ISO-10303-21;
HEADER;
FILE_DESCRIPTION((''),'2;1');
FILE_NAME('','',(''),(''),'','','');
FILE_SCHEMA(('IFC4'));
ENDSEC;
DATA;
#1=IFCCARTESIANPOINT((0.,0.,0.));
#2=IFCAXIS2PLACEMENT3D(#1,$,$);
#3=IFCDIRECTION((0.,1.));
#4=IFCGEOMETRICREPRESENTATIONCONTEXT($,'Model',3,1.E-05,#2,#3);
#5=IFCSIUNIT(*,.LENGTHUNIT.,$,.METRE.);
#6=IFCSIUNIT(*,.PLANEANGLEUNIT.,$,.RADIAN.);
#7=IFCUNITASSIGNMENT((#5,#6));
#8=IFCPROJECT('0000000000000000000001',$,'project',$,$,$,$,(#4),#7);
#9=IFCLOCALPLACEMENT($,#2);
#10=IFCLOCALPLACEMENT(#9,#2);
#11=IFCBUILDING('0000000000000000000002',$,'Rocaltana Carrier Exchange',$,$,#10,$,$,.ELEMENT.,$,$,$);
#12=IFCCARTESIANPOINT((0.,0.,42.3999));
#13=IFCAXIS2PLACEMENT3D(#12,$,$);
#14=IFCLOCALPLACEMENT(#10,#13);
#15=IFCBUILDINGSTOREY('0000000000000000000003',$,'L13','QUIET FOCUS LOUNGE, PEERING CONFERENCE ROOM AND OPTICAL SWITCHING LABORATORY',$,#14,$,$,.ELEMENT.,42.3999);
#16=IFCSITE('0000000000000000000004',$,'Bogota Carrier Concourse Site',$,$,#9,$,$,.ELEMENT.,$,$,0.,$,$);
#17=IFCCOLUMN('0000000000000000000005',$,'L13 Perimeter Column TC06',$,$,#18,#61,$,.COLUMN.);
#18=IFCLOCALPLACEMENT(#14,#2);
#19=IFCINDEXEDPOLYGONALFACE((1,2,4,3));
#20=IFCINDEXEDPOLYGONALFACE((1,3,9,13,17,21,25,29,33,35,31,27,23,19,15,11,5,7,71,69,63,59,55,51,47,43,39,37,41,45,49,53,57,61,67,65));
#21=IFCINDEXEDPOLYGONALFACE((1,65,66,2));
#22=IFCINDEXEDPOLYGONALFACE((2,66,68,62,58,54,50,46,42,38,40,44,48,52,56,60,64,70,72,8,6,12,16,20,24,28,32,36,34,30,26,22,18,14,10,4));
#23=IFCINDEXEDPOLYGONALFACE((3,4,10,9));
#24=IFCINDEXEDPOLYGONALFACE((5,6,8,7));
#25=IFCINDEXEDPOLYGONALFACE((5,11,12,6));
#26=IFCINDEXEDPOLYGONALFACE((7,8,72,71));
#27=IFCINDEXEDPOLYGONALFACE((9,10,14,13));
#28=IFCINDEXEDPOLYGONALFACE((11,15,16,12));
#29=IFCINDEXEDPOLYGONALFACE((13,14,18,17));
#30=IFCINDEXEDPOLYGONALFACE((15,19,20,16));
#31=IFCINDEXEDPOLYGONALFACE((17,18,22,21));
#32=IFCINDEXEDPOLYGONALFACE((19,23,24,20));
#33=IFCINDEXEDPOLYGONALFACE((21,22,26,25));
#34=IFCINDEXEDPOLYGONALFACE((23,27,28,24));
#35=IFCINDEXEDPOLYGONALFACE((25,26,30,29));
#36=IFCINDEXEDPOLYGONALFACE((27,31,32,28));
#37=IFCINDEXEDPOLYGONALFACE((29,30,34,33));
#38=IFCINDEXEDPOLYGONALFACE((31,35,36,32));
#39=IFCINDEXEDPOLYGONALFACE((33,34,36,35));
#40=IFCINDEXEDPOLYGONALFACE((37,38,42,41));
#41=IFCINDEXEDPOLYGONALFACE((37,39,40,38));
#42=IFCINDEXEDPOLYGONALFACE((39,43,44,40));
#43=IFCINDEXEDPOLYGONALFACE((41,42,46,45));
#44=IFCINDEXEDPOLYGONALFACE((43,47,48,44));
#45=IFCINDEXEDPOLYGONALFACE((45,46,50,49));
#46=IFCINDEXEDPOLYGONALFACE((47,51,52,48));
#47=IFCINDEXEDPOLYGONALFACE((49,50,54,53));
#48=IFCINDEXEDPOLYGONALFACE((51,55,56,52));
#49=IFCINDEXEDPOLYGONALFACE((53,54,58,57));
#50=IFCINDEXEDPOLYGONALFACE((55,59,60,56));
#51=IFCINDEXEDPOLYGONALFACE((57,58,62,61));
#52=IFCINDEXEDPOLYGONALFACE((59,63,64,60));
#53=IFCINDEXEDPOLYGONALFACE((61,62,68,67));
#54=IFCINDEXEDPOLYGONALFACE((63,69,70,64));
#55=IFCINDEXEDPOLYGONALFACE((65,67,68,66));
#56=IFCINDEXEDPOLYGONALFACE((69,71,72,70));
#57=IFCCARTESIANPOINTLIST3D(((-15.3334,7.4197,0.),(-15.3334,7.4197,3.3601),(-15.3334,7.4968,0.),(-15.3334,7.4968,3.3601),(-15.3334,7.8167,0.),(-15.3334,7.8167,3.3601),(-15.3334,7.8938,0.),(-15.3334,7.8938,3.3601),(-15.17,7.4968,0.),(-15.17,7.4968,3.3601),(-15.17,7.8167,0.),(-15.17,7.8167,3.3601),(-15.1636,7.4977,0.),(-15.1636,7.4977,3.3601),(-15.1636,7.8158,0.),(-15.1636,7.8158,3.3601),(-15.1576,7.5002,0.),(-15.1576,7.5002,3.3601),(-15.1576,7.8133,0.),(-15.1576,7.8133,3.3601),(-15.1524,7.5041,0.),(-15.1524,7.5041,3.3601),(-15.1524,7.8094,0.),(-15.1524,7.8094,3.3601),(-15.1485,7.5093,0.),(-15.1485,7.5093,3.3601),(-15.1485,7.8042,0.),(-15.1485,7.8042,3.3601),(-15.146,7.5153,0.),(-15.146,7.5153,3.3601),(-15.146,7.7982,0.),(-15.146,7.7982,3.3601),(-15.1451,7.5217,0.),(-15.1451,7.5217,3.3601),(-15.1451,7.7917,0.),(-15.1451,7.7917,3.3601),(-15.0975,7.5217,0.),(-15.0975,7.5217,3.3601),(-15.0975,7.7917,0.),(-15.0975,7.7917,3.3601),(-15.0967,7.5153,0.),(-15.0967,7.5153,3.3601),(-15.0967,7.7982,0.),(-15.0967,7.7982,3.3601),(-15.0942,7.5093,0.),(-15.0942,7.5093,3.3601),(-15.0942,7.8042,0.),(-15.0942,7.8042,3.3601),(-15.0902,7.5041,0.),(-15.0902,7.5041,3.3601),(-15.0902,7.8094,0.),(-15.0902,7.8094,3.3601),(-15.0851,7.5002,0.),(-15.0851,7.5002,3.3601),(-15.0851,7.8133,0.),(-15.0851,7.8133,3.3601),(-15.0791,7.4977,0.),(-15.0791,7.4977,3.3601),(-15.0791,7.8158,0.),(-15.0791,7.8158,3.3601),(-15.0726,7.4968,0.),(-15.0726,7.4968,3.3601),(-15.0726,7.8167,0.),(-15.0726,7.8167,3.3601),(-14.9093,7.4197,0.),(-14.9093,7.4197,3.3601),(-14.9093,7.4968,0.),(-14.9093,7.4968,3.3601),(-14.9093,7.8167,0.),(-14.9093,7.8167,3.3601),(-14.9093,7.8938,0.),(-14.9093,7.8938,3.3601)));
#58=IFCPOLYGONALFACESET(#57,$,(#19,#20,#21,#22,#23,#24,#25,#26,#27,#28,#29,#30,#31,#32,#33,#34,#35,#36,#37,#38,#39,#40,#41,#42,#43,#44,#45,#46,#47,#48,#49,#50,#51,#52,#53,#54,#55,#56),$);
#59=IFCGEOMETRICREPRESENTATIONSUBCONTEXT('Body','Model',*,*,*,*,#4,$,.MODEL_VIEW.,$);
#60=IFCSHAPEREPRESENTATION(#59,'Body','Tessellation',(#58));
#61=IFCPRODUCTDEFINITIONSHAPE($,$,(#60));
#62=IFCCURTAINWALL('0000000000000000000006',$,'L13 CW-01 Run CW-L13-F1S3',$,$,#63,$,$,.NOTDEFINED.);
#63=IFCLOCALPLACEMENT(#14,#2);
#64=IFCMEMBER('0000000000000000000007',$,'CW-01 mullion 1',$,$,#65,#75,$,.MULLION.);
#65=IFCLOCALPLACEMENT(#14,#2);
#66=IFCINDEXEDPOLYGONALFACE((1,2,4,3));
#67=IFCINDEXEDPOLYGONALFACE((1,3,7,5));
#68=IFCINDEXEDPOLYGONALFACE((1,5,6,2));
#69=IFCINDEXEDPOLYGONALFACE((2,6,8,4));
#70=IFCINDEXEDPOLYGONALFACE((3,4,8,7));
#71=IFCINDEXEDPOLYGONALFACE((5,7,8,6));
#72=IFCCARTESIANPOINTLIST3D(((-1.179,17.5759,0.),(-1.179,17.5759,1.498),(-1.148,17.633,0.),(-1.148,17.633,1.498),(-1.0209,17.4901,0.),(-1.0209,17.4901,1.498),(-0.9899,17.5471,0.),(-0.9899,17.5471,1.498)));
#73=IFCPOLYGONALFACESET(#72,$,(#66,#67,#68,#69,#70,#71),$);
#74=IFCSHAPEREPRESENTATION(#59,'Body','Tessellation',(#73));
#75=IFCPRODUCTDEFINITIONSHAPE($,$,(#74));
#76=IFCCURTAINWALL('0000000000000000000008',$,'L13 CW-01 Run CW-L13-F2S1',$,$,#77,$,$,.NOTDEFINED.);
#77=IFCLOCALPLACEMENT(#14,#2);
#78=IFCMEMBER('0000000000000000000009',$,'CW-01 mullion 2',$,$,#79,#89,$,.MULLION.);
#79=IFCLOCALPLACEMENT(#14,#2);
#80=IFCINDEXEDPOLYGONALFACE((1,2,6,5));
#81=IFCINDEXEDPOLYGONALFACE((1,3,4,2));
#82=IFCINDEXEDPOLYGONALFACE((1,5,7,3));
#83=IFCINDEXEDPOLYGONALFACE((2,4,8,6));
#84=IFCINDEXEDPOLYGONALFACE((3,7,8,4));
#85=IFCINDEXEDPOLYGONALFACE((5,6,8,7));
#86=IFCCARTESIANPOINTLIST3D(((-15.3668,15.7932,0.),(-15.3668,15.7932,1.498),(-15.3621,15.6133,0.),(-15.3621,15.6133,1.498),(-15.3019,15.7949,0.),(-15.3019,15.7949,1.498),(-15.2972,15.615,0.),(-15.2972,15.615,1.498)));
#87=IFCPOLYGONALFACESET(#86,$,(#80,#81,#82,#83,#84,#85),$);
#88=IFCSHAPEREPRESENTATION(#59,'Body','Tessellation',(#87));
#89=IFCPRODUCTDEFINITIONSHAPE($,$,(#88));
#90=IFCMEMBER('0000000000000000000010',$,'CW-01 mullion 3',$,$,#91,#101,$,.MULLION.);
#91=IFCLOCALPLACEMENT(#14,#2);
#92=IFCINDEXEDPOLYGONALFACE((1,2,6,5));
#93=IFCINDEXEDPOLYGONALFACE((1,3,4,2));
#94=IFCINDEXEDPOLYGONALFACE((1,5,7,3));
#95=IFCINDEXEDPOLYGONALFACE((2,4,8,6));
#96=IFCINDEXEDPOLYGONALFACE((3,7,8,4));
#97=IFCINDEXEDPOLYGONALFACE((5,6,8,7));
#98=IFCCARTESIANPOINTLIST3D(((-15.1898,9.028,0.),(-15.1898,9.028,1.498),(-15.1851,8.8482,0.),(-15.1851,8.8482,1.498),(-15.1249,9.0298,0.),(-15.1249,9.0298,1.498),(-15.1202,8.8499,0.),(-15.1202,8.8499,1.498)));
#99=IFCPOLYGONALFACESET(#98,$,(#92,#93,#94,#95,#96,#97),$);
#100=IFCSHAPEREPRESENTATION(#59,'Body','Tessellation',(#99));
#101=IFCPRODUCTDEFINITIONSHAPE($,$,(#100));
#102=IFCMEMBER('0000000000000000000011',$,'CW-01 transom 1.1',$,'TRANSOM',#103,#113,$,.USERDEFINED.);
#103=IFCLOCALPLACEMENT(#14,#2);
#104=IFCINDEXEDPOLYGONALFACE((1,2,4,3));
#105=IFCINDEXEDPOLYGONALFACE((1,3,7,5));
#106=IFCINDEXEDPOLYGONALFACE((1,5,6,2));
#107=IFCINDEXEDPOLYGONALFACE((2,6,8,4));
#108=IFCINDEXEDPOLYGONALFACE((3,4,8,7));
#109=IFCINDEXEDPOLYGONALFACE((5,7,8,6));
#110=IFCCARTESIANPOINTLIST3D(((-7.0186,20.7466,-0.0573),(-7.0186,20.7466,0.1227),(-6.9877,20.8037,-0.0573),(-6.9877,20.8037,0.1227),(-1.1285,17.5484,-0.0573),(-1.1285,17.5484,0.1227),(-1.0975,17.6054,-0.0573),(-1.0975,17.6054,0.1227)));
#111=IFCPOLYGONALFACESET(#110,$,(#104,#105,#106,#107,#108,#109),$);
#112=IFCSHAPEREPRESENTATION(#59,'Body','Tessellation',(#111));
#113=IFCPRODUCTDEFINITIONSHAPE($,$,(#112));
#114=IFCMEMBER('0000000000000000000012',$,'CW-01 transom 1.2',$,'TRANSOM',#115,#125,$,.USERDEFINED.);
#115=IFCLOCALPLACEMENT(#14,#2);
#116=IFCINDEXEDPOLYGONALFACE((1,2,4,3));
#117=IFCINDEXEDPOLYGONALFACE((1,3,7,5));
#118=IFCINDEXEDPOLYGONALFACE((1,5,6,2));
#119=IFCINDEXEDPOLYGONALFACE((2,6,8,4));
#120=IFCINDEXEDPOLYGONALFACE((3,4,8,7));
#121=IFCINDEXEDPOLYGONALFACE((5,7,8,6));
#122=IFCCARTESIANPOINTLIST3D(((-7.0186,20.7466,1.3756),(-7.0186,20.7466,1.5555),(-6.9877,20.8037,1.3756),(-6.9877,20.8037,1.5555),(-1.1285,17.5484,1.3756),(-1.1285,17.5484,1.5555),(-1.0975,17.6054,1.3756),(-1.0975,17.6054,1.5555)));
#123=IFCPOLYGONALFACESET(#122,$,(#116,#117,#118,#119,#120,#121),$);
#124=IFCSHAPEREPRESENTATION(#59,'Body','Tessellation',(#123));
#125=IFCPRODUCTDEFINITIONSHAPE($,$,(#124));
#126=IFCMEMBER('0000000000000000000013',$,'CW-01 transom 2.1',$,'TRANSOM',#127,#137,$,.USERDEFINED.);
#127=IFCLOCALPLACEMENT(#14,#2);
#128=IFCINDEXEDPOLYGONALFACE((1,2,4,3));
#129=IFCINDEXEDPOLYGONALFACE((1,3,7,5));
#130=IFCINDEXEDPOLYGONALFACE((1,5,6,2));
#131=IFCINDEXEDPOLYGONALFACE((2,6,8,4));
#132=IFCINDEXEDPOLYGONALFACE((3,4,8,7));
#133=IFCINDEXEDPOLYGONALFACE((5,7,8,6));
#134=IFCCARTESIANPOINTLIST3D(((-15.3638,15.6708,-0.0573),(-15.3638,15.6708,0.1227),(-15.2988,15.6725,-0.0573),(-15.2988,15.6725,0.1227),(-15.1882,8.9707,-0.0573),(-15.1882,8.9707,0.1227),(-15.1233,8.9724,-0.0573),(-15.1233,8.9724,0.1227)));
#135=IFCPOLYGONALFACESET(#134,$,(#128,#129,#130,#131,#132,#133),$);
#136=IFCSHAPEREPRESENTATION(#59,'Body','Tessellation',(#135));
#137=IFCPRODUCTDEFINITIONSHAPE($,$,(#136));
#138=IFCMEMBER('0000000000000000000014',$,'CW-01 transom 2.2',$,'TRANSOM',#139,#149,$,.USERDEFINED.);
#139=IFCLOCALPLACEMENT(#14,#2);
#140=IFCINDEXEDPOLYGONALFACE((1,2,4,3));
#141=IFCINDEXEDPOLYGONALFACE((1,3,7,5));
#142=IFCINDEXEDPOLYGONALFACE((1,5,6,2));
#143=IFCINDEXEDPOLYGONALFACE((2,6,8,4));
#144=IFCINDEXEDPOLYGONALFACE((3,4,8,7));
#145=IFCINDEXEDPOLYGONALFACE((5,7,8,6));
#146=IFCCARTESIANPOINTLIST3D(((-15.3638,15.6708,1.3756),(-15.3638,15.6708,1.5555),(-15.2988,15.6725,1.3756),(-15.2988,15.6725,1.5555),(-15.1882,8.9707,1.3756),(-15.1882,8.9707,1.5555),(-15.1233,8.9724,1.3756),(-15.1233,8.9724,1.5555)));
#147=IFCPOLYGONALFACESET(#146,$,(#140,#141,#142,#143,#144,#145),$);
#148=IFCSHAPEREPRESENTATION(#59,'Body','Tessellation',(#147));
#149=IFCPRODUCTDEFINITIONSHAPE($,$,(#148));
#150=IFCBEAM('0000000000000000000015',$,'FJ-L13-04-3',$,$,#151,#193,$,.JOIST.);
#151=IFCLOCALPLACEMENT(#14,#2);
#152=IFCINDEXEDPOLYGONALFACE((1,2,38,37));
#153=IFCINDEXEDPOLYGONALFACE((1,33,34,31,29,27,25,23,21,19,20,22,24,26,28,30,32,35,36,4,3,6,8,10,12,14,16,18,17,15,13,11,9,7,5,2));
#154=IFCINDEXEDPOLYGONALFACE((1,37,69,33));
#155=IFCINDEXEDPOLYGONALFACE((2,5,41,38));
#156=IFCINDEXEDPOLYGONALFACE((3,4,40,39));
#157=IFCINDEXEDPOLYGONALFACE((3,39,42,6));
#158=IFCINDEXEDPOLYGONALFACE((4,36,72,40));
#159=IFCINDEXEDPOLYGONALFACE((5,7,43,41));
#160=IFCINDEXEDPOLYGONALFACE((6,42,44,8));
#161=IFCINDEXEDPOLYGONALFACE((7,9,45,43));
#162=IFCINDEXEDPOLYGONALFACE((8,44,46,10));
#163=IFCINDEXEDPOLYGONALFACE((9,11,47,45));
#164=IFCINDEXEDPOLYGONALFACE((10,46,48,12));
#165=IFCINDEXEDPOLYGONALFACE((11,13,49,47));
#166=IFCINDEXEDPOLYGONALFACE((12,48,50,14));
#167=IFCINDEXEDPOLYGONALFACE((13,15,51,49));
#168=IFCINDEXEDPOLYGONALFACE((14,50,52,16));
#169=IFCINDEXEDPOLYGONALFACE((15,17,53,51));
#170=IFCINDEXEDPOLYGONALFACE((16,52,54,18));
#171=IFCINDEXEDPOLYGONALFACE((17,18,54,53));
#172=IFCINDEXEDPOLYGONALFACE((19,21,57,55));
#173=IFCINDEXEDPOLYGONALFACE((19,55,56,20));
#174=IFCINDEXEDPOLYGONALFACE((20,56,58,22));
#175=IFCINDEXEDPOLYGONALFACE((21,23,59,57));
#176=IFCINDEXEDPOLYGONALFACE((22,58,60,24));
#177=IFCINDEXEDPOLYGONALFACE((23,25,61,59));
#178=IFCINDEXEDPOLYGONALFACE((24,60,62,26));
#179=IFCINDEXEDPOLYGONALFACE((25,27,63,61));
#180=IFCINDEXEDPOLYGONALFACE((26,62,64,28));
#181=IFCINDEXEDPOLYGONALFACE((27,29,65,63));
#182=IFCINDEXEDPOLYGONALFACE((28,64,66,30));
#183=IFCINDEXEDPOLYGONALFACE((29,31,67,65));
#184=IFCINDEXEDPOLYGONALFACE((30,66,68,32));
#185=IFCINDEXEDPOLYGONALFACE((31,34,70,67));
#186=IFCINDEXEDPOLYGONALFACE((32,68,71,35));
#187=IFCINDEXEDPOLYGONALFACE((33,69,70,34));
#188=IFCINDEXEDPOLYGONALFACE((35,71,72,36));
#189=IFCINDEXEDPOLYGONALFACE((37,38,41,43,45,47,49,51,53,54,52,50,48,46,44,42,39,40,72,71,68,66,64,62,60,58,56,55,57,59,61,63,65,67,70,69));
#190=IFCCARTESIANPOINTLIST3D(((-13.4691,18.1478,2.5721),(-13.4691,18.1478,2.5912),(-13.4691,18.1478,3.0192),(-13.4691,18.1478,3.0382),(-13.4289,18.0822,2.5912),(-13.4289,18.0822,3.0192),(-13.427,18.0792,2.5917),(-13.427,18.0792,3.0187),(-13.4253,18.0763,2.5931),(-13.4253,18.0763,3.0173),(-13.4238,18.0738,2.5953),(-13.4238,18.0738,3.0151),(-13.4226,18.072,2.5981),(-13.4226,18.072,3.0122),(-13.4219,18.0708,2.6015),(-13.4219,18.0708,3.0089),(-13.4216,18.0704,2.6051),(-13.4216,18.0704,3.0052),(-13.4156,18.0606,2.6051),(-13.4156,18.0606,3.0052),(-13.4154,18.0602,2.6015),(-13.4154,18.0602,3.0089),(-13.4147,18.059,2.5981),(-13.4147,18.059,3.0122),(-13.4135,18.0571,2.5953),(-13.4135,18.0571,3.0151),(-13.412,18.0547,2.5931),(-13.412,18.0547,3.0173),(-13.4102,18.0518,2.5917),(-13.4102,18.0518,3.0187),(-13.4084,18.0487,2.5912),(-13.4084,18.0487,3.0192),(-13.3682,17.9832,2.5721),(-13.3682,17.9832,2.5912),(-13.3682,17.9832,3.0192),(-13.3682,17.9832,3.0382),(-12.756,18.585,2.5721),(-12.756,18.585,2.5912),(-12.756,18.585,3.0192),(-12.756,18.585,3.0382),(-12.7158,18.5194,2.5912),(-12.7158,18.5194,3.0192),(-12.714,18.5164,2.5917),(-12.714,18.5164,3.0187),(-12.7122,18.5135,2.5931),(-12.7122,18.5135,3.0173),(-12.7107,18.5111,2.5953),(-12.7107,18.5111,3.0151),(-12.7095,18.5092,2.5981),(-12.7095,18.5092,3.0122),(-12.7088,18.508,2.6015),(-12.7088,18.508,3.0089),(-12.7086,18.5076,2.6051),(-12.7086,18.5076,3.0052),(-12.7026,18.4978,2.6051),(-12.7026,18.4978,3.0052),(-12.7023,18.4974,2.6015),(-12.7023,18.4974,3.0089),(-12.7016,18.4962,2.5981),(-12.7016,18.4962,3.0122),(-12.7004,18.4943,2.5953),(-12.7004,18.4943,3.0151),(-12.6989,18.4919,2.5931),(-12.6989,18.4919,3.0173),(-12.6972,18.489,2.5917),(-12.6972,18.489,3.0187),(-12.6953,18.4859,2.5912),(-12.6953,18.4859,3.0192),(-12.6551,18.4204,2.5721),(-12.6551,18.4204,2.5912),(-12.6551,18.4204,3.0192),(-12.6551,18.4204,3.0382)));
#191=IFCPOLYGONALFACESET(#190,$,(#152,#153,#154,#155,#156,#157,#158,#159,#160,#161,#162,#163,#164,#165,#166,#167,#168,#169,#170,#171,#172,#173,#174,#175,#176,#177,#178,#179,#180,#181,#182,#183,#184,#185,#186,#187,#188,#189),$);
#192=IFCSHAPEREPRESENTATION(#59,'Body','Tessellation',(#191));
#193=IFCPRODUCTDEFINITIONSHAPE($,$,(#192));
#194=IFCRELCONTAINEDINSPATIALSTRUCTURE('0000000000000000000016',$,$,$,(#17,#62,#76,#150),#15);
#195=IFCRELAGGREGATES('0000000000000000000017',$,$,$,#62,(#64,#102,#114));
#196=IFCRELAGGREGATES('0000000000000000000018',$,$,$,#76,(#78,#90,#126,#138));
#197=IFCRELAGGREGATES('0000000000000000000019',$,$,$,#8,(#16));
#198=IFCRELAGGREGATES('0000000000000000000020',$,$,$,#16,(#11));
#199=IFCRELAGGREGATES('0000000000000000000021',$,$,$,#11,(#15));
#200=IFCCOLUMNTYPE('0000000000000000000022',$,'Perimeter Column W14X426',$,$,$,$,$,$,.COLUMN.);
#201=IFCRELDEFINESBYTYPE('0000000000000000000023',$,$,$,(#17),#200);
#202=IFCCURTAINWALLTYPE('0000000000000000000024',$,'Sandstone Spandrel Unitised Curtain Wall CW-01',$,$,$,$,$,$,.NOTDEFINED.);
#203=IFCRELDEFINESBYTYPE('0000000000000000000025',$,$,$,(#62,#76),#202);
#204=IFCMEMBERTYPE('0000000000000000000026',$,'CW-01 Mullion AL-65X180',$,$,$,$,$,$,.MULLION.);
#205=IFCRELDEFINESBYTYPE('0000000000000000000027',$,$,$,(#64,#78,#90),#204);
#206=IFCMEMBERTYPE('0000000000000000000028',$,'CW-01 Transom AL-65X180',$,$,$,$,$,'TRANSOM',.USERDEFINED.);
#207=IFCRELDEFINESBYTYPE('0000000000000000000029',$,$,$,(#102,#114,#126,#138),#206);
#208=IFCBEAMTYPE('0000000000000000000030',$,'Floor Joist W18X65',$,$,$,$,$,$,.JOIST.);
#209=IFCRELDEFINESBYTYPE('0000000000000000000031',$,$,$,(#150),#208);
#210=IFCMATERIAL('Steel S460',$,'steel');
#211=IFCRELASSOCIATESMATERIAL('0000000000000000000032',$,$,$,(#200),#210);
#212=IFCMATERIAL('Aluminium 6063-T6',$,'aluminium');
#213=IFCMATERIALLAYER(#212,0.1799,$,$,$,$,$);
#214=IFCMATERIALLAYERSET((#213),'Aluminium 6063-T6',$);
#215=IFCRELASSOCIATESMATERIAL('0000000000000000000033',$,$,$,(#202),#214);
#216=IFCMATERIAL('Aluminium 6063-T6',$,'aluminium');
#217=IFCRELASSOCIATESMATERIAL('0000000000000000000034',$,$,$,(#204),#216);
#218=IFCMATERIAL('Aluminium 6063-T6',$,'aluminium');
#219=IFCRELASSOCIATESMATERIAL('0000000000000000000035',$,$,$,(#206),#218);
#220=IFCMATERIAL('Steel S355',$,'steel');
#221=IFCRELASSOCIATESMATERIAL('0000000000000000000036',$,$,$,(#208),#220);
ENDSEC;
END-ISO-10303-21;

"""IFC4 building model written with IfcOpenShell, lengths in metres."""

from ifc_helpers import new_model, si_unit, direction, frame, origin, origin_2d, place, context, subcontext, project, spatial, rectangle, i_section, extrude, material, layer, layer_set, material_profile, profile_set, type_object, element, aggregate, save


model = new_model("IFC4")

# Units and contexts
model_context = context("Model", 3, precision=1e-05, world=origin(), true_north=direction((0.0, 1.0)))
body_context = subcontext(model_context, "Body", "Model", "MODEL_VIEW")
ifc_project = project(units=[si_unit("LENGTHUNIT", "METRE"), si_unit("PLANEANGLEUNIT", "RADIAN")], contexts=[model_context])

# Site, building, storey
site_placement = place(None, origin())
site = spatial("IfcSite", under=ifc_project, at=site_placement, Name="Bogota Carrier Concourse Site", CompositionType="ELEMENT", RefElevation=0.0)
building_placement = place(site_placement, origin())
building = spatial("IfcBuilding", under=site, at=building_placement, Name="Rocaltana Carrier Exchange", CompositionType="ELEMENT")
storey_placement = place(building_placement, frame((0.0, 0.0, 42.3999)))
storey = spatial("IfcBuildingStorey", under=building, at=storey_placement, Name="L13", Description="QUIET FOCUS LOUNGE, PEERING CONFERENCE ROOM AND OPTICAL SWITCHING LABORATORY", CompositionType="ELEMENT", Elevation=42.3999)

# Column
ifc_material_1 = material(Name="Steel S460", Category="steel")
ifc_material_profile_1 = material_profile(ifc_material_1, i_section(OverallWidth=0.4241, OverallDepth=0.4741, WebThickness=0.0476, FlangeThickness=0.0771, FilletRadius=0.0249, at=origin_2d()), Name="W14X426")
ifc_profile_set_1 = profile_set([ifc_material_profile_1], Name="Steel S460")
column_type = type_object("IfcColumnType", Name="Perimeter Column W14X426", PredefinedType="COLUMN", material=ifc_profile_set_1)
column_placement = place(storey_placement, frame((-15.1213, 7.6567, 0.0), z_axis=(0.0, 0.0, 1.0), x_axis=(1.0, 0.0, 0.0)))
element("IfcColumn", 1, at=column_placement, inside=storey, type_object=column_type, Name="L13 Perimeter Column TC06", PredefinedType="COLUMN", context=body_context, shape_type="SweptSolid", body=[
    extrude(i_section(OverallWidth=0.4241, OverallDepth=0.4741, WebThickness=0.0476, FlangeThickness=0.0771, FilletRadius=0.0249, at=origin_2d()), origin(), (0.0, 0.0, 1.0), 3.3601),
])

# Curtain wall, member
ifc_material_2 = material(Name="Aluminium 6063-T6", Category="aluminium")
ifc_layer_1 = layer(ifc_material_2, 0.1799)
ifc_layer_set_1 = layer_set([ifc_layer_1], Name="Aluminium 6063-T6")
curtain_wall_type = type_object("IfcCurtainWallType", Name="Sandstone Spandrel Unitised Curtain Wall CW-01", PredefinedType="NOTDEFINED", material=ifc_layer_set_1)
curtain_wall_1_placement = place(storey_placement, origin())
curtain_wall_1 = element("IfcCurtainWall", 2, at=curtain_wall_1_placement, inside=storey, type_object=curtain_wall_type, Name="L13 CW-01 Run CW-L13-F1S3", PredefinedType="NOTDEFINED")
ifc_material_3 = material(Name="Aluminium 6063-T6", Category="aluminium")
ifc_material_profile_2 = material_profile(ifc_material_3, rectangle(XDim=0.0649, YDim=0.1799, at=origin_2d()), Name="AL-65X180")
ifc_profile_set_2 = profile_set([ifc_material_profile_2], Name="Aluminium 6063-T6")
member_type_1 = type_object("IfcMemberType", Name="CW-01 Mullion AL-65X180", PredefinedType="MULLION", material=ifc_profile_set_2)
member_1_placement = place(storey_placement, frame((-1.0845, 17.5615, 0.0), z_axis=(0.0, 0.0, 1.0), x_axis=(-0.477156, -0.878819, 0.0)))
member_1 = element("IfcMember", 3, at=member_1_placement, type_object=member_type_1, Name="CW-01 mullion 1", PredefinedType="MULLION", context=body_context, shape_type="SweptSolid", body=[
    extrude(rectangle(XDim=0.0649, YDim=0.1799, at=origin_2d()), origin(), (0.0, 0.0, 1.0), 1.498),
])

# Curtain wall, members
curtain_wall_2_placement = place(storey_placement, origin())
curtain_wall_2 = element("IfcCurtainWall", 4, at=curtain_wall_2_placement, inside=storey, type_object=curtain_wall_type, Name="L13 CW-01 Run CW-L13-F2S1", PredefinedType="NOTDEFINED")
member_2_placement = place(storey_placement, frame((-15.332, 15.7041, 0.0), z_axis=(0.0, 0.0, 1.0), x_axis=(0.999657, 0.026184, 0.0)))
member_2 = element("IfcMember", 5, at=member_2_placement, type_object=member_type_1, Name="CW-01 mullion 2", PredefinedType="MULLION", context=body_context, shape_type="SweptSolid", body=[
    extrude(rectangle(XDim=0.0649, YDim=0.1799, at=origin_2d()), origin(), (0.0, 0.0, 1.0), 1.498),
])
member_3_placement = place(storey_placement, frame((-15.155, 8.939, 0.0), z_axis=(0.0, 0.0, 1.0), x_axis=(0.999657, 0.026184, 0.0)))
member_3 = element("IfcMember", 6, at=member_3_placement, type_object=member_type_1, Name="CW-01 mullion 3", PredefinedType="MULLION", context=body_context, shape_type="SweptSolid", body=[
    extrude(rectangle(XDim=0.0649, YDim=0.1799, at=origin_2d()), origin(), (0.0, 0.0, 1.0), 1.498),
])

# Members
ifc_material_4 = material(Name="Aluminium 6063-T6", Category="aluminium")
ifc_material_profile_3 = material_profile(ifc_material_4, rectangle(XDim=0.0649, YDim=0.1799, at=origin_2d()), Name="AL-65X180")
ifc_profile_set_3 = profile_set([ifc_material_profile_3], Name="Aluminium 6063-T6")
member_type_2 = type_object("IfcMemberType", Name="CW-01 Transom AL-65X180", ElementType="TRANSOM", PredefinedType="USERDEFINED", material=ifc_profile_set_3)
member_4_placement = place(storey_placement, frame((-1.113, 17.5769, 0.0327), z_axis=(-0.878807, 0.477177, 0.0), x_axis=(-0.477177, -0.878807, 0.0)))
member_4 = element("IfcMember", 7, at=member_4_placement, type_object=member_type_2, Name="CW-01 transom 1.1", ObjectType="TRANSOM", PredefinedType="USERDEFINED", context=body_context, shape_type="SweptSolid", body=[
    extrude(rectangle(XDim=0.0649, YDim=0.1799, at=origin_2d()), origin(), (0.0, 0.0, 1.0), 6.7024),
])
member_5_placement = place(storey_placement, frame((-1.113, 17.5769, 1.4656), z_axis=(-0.878807, 0.477177, 0.0), x_axis=(-0.477177, -0.878807, 0.0)))
member_5 = element("IfcMember", 8, at=member_5_placement, type_object=member_type_2, Name="CW-01 transom 1.2", ObjectType="TRANSOM", PredefinedType="USERDEFINED", context=body_context, shape_type="SweptSolid", body=[
    extrude(rectangle(XDim=0.0649, YDim=0.1799, at=origin_2d()), origin(), (0.0, 0.0, 1.0), 6.7024),
])
member_6_placement = place(storey_placement, frame((-15.3313, 15.6716, 0.0327), z_axis=(0.02619, -0.999657, 0.0), x_axis=(0.999657, 0.02619, 0.0)))
member_6 = element("IfcMember", 9, at=member_6_placement, type_object=member_type_2, Name="CW-01 transom 2.1", ObjectType="TRANSOM", PredefinedType="USERDEFINED", context=body_context, shape_type="SweptSolid", body=[
    extrude(rectangle(XDim=0.0649, YDim=0.1799, at=origin_2d()), origin(), (0.0, 0.0, 1.0), 6.7024),
])
member_7_placement = place(storey_placement, frame((-15.3313, 15.6716, 1.4656), z_axis=(0.02619, -0.999657, 0.0), x_axis=(0.999657, 0.02619, 0.0)))
member_7 = element("IfcMember", 10, at=member_7_placement, type_object=member_type_2, Name="CW-01 transom 2.2", ObjectType="TRANSOM", PredefinedType="USERDEFINED", context=body_context, shape_type="SweptSolid", body=[
    extrude(rectangle(XDim=0.0649, YDim=0.1799, at=origin_2d()), origin(), (0.0, 0.0, 1.0), 6.7024),
])

# Beam
ifc_material_5 = material(Name="Steel S355", Category="steel")
ifc_material_profile_4 = material_profile(ifc_material_5, i_section(OverallWidth=0.1931, OverallDepth=0.4661, WebThickness=0.0115, FlangeThickness=0.019, FilletRadius=0.0139, at=origin_2d()), Name="W18X65")
ifc_profile_set_4 = profile_set([ifc_material_profile_4], Name="Steel S355")
beam_type_1 = type_object("IfcBeamType", Name="Floor Joist W18X65", PredefinedType="JOIST", material=ifc_profile_set_4)
beam_1_placement = place(storey_placement, frame((-12.7056, 18.5027, 2.8052), z_axis=(-0.852509, -0.522713, 0.0), x_axis=(0.522713, -0.852509, 0.0)))
element("IfcBeam", 11, at=beam_1_placement, inside=storey, type_object=beam_type_1, Name="FJ-L13-04-3", PredefinedType="JOIST", context=body_context, shape_type="SweptSolid", body=[
    extrude(i_section(OverallWidth=0.1931, OverallDepth=0.4661, WebThickness=0.0115, FlangeThickness=0.019, FilletRadius=0.0139, at=origin_2d()), origin(), (0.0, 0.0, 1.0), 0.8364),
])

aggregate(curtain_wall_1, [member_1, member_4, member_5])
aggregate(curtain_wall_2, [member_2, member_3, member_6, member_7])

save(model, "model.ifc")
